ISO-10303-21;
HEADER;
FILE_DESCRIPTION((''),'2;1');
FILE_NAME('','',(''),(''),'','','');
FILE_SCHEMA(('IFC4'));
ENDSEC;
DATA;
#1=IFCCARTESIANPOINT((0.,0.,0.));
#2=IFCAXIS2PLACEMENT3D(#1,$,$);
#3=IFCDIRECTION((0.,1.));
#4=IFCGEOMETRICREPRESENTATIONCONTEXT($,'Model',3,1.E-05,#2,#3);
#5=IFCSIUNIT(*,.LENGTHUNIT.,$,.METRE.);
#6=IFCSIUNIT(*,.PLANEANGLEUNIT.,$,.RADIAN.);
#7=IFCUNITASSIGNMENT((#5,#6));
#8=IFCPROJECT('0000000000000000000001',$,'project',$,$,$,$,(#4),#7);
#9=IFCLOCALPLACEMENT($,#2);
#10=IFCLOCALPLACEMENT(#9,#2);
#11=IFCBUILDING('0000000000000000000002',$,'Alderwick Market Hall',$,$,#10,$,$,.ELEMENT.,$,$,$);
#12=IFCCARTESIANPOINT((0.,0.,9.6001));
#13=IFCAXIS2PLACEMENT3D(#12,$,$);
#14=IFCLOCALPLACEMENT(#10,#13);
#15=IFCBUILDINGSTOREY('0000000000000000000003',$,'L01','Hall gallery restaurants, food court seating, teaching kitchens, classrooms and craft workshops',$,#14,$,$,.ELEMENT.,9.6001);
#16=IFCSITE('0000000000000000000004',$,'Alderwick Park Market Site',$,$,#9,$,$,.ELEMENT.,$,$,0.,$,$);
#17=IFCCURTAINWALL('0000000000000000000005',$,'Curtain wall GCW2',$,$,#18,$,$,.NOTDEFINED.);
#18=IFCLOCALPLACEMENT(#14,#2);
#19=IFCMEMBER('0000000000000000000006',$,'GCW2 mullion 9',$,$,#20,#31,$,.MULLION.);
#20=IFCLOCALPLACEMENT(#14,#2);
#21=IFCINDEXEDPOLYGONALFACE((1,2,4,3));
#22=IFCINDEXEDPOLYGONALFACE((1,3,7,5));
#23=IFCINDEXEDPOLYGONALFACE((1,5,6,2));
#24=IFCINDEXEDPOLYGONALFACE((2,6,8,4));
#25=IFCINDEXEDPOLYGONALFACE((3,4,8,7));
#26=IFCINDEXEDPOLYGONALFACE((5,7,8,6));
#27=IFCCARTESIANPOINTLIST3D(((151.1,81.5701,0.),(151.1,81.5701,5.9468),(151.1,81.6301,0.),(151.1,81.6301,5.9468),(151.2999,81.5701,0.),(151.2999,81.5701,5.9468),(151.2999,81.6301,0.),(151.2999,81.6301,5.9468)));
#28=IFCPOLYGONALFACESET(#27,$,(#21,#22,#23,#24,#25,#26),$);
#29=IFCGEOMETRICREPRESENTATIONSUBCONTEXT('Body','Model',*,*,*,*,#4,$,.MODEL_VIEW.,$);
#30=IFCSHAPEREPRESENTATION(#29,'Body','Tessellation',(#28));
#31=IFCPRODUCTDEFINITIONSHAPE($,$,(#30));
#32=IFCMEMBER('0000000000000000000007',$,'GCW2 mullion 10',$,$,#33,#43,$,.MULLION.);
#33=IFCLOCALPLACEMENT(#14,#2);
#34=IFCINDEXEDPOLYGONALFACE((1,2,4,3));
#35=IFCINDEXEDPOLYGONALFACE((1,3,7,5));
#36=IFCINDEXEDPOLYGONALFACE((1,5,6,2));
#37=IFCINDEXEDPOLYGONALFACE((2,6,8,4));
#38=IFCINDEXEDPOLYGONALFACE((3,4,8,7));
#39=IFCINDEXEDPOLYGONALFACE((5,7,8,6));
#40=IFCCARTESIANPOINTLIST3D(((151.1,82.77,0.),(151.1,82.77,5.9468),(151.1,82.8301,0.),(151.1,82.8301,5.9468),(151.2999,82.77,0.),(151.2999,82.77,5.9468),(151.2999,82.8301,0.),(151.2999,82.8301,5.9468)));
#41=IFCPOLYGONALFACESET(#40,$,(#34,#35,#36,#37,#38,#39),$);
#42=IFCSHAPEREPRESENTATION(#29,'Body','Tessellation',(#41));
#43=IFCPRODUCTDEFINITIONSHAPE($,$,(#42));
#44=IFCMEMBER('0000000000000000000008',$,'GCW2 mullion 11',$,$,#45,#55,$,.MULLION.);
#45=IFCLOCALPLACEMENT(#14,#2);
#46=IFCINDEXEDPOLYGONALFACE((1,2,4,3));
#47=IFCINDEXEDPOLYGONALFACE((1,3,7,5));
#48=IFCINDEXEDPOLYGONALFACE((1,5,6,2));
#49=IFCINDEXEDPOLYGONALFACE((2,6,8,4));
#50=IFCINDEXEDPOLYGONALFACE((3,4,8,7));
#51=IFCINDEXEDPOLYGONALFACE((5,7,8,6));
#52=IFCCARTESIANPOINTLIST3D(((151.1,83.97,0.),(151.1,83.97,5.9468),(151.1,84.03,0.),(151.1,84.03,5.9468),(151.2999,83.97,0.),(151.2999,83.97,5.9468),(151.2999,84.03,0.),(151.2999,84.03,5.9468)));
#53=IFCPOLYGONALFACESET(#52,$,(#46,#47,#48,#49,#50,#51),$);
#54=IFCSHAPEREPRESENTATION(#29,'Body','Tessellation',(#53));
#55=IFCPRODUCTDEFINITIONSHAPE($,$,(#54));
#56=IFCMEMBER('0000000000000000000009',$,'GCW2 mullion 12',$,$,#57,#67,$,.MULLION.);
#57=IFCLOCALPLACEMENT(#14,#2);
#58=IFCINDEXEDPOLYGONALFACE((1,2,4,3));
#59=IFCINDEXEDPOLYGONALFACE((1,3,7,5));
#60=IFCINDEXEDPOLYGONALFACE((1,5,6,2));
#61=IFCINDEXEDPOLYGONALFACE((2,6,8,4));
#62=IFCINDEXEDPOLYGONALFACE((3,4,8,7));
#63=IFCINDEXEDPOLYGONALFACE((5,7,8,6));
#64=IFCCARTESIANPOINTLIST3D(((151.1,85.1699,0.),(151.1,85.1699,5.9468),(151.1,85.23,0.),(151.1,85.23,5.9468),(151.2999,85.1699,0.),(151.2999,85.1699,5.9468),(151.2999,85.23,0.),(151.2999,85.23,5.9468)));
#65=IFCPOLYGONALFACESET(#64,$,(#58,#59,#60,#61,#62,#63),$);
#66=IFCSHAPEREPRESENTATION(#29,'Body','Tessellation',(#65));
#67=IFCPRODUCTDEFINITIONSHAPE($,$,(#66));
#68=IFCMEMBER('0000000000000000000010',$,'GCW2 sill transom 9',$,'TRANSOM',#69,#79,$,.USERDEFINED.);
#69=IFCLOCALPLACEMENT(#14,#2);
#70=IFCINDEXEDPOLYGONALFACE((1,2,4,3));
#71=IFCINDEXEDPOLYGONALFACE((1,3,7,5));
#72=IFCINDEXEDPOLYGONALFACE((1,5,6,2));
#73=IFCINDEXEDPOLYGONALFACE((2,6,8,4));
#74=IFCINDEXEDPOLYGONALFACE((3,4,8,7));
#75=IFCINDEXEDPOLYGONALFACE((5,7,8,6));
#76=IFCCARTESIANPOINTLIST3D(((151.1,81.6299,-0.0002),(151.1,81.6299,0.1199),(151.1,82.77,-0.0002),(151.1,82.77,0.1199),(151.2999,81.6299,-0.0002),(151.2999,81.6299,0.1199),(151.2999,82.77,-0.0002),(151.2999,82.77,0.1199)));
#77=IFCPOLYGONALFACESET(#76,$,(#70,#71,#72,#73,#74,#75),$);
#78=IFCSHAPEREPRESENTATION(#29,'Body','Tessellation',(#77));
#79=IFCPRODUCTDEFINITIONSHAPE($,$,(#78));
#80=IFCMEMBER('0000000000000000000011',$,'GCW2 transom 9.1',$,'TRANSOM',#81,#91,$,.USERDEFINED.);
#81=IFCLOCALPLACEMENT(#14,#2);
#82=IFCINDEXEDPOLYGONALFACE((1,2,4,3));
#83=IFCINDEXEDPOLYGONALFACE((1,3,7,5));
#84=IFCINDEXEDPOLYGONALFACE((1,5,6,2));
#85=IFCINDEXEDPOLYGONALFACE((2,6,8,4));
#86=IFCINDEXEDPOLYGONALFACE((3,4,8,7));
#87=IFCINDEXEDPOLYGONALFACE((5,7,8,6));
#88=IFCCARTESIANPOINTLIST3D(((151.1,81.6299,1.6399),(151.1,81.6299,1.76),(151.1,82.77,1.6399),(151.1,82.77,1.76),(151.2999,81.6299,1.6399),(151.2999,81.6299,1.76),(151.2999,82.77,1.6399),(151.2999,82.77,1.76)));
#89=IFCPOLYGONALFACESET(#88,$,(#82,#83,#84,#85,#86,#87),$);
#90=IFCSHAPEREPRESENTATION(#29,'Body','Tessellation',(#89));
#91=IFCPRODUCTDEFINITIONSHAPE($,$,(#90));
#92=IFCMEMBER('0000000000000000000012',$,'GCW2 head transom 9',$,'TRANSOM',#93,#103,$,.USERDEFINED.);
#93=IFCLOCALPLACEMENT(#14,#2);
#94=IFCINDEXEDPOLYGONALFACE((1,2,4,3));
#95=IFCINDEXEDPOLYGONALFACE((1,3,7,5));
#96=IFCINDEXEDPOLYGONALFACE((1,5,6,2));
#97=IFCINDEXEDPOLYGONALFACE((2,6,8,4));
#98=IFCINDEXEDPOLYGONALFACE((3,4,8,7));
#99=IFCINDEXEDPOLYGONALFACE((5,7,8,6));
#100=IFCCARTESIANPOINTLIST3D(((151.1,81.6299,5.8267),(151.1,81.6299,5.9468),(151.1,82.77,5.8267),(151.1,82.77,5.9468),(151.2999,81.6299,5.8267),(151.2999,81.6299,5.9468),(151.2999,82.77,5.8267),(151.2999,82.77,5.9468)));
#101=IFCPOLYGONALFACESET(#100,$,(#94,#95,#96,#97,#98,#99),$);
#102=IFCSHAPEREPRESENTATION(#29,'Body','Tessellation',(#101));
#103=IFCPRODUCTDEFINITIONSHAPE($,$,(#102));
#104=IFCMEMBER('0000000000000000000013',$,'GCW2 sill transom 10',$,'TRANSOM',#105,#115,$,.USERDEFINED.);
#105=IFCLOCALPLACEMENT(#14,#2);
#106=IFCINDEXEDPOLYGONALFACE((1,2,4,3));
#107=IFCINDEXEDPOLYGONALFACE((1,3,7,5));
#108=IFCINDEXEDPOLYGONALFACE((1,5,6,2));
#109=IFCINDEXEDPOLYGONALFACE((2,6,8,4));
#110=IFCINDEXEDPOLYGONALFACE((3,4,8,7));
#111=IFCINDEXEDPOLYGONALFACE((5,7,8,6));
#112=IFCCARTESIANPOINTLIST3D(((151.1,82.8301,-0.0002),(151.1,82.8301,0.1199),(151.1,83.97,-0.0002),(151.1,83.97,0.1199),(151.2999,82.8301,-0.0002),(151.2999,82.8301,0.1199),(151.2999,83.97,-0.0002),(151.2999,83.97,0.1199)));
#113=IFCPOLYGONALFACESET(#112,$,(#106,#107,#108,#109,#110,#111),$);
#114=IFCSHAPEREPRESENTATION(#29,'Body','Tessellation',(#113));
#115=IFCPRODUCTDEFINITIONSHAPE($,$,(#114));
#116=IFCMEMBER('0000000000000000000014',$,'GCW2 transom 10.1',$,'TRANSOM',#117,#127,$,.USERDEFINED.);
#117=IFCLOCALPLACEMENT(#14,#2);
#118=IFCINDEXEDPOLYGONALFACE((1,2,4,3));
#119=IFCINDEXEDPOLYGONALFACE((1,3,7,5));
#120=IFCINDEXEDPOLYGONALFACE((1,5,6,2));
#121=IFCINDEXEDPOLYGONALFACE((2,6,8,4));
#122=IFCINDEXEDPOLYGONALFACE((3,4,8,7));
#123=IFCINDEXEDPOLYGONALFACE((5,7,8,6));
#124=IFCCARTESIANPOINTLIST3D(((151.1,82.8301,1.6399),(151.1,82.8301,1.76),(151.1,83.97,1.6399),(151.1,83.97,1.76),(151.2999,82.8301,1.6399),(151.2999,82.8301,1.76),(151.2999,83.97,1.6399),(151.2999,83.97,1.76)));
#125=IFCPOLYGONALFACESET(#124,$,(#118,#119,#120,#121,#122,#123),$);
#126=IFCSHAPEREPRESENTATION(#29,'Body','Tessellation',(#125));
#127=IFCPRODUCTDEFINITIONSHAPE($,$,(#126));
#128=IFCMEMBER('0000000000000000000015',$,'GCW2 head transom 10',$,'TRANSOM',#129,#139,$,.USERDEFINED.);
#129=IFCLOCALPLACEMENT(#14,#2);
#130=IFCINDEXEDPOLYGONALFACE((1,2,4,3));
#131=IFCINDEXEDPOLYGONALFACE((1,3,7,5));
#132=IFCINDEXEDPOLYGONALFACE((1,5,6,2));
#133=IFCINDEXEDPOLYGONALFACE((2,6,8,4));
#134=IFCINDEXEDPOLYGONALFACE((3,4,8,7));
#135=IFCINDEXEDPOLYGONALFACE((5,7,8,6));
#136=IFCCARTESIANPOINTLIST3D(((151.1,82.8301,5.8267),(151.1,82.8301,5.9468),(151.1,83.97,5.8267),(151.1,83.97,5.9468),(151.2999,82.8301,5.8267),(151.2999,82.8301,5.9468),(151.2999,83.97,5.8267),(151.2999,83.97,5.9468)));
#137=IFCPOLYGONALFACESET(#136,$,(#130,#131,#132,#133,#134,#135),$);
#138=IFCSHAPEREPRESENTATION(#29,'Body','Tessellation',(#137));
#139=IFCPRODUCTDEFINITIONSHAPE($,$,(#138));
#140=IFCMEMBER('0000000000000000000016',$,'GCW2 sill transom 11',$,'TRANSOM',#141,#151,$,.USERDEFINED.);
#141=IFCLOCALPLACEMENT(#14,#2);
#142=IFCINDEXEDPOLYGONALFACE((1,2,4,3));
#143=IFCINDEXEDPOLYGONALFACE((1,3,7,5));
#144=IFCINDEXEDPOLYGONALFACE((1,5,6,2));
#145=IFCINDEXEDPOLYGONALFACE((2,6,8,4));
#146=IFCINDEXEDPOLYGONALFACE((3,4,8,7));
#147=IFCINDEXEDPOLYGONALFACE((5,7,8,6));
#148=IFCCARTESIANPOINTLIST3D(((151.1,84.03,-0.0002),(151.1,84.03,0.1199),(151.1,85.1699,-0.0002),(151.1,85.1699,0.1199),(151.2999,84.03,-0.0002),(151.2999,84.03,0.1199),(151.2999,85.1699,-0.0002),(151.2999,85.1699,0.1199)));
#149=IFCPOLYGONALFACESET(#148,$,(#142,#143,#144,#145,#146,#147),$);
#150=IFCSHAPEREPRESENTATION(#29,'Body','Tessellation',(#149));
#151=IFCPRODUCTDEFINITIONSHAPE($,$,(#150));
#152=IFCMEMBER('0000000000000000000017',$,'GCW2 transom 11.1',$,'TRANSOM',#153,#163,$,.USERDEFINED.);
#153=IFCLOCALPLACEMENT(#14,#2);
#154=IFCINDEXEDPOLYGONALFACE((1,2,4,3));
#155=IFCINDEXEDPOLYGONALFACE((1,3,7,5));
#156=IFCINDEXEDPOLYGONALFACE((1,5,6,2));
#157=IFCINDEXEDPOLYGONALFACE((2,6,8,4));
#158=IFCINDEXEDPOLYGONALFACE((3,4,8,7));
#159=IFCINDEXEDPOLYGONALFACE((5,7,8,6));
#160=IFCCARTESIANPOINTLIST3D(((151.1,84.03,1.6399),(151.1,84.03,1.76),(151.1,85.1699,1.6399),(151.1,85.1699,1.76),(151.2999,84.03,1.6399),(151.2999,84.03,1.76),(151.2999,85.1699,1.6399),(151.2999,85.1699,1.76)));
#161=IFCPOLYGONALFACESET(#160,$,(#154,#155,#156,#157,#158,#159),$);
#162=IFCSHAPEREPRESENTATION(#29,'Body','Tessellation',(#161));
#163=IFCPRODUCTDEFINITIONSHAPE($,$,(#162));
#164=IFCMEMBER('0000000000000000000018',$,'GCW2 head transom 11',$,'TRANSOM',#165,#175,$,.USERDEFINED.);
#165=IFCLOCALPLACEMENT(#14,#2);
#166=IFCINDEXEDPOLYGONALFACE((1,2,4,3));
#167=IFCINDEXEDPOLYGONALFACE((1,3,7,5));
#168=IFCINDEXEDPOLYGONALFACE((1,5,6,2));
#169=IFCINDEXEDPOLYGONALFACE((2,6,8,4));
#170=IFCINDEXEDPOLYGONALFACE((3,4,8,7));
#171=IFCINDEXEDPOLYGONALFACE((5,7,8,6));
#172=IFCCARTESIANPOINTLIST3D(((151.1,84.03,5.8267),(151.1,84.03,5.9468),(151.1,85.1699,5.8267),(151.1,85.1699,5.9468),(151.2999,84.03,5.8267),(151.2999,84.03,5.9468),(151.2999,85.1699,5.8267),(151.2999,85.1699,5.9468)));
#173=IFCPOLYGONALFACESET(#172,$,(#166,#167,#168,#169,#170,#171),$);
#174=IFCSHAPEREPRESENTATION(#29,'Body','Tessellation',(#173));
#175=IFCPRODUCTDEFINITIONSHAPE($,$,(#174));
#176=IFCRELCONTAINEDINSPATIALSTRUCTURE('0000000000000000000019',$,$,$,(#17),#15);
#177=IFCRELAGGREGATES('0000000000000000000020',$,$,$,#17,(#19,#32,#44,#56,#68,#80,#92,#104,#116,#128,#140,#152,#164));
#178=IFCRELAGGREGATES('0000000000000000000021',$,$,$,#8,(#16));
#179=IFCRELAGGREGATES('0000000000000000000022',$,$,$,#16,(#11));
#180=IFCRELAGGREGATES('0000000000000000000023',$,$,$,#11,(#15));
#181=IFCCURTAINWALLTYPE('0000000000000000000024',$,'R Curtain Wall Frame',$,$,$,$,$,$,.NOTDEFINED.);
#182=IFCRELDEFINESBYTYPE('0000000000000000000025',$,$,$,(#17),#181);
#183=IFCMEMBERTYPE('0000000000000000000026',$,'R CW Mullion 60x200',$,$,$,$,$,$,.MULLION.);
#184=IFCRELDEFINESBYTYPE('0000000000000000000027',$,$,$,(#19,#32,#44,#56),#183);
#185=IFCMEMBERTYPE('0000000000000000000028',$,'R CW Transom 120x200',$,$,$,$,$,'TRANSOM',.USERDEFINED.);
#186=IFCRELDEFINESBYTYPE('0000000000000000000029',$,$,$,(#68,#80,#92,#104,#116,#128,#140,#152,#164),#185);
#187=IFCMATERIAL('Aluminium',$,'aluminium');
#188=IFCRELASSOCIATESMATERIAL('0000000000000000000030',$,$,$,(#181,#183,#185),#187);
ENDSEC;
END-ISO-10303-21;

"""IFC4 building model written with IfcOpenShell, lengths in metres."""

from ifc_helpers import new_model, si_unit, direction, frame, origin, origin_2d, place, context, subcontext, project, spatial, rectangle, extrude, material, material_profile, profile_set, type_object, element, aggregate, save


model = new_model("IFC4")

# Units and contexts
model_context = context("Model", 3, precision=1e-05, world=origin(), true_north=direction((0.0, 1.0)))
body_context = subcontext(model_context, "Body", "Model", "MODEL_VIEW")
ifc_project = project(units=[si_unit("LENGTHUNIT", "METRE"), si_unit("PLANEANGLEUNIT", "RADIAN")], contexts=[model_context])

# Site, building, storey
site_placement = place(None, origin())
site = spatial("IfcSite", under=ifc_project, at=site_placement, Name="Alderwick Park Market Site", CompositionType="ELEMENT", RefElevation=0.0)
building_placement = place(site_placement, origin())
building = spatial("IfcBuilding", under=site, at=building_placement, Name="Alderwick Market Hall", CompositionType="ELEMENT")
storey_placement = place(building_placement, frame((0.0, 0.0, 9.6001)))
storey = spatial("IfcBuildingStorey", under=building, at=storey_placement, Name="L01", Description="Hall gallery restaurants, food court seating, teaching kitchens, classrooms and craft workshops", CompositionType="ELEMENT", Elevation=9.6001)

# Curtain wall, members
ifc_material_1 = material(Name="Aluminium", Category="aluminium")
curtain_wall_type = type_object("IfcCurtainWallType", Name="R Curtain Wall Frame", PredefinedType="NOTDEFINED", material=ifc_material_1)
curtain_wall_placement = place(storey_placement, origin())
curtain_wall = element("IfcCurtainWall", 1, at=curtain_wall_placement, inside=storey, type_object=curtain_wall_type, Name="Curtain wall GCW2", PredefinedType="NOTDEFINED")
ifc_material_profile_1 = material_profile(ifc_material_1, rectangle(XDim=0.2, YDim=0.0601, at=origin_2d()), Name="AL 60x200")
ifc_profile_set_1 = profile_set([ifc_material_profile_1], Name="Aluminium")
member_type_1 = type_object("IfcMemberType", Name="R CW Mullion 60x200", PredefinedType="MULLION", material=ifc_profile_set_1)
member_1_placement = place(storey_placement, frame((151.2, 81.6001, 0.0), z_axis=(0.0, 0.0, 1.0), x_axis=(1.0, 0.0, 0.0)))
member_1 = element("IfcMember", 2, at=member_1_placement, type_object=member_type_1, Name="GCW2 mullion 9", PredefinedType="MULLION", context=body_context, shape_type="SweptSolid", body=[
    extrude(rectangle(XDim=0.2, YDim=0.0601, at=origin_2d()), origin(), (0.0, 0.0, 1.0), 5.9468),
])
member_2_placement = place(storey_placement, frame((151.2, 82.8, 0.0), z_axis=(0.0, 0.0, 1.0), x_axis=(1.0, 0.0, 0.0)))
member_2 = element("IfcMember", 3, at=member_2_placement, type_object=member_type_1, Name="GCW2 mullion 10", PredefinedType="MULLION", context=body_context, shape_type="SweptSolid", body=[
    extrude(rectangle(XDim=0.2, YDim=0.0601, at=origin_2d()), origin(), (0.0, 0.0, 1.0), 5.9468),
])
member_3_placement = place(storey_placement, frame((151.2, 84.0, 0.0), z_axis=(0.0, 0.0, 1.0), x_axis=(1.0, 0.0, 0.0)))
member_3 = element("IfcMember", 4, at=member_3_placement, type_object=member_type_1, Name="GCW2 mullion 11", PredefinedType="MULLION", context=body_context, shape_type="SweptSolid", body=[
    extrude(rectangle(XDim=0.2, YDim=0.0601, at=origin_2d()), origin(), (0.0, 0.0, 1.0), 5.9468),
])
member_4_placement = place(storey_placement, frame((151.2, 85.2, 0.0), z_axis=(0.0, 0.0, 1.0), x_axis=(1.0, 0.0, 0.0)))
member_4 = element("IfcMember", 5, at=member_4_placement, type_object=member_type_1, Name="GCW2 mullion 12", PredefinedType="MULLION", context=body_context, shape_type="SweptSolid", body=[
    extrude(rectangle(XDim=0.2, YDim=0.0601, at=origin_2d()), origin(), (0.0, 0.0, 1.0), 5.9468),
])
ifc_material_profile_2 = material_profile(ifc_material_1, rectangle(XDim=0.2, YDim=0.1201, at=origin_2d()), Name="AL 120x200")
ifc_profile_set_2 = profile_set([ifc_material_profile_2], Name="Aluminium")
member_type_2 = type_object("IfcMemberType", Name="R CW Transom 120x200", ElementType="TRANSOM", PredefinedType="USERDEFINED", material=ifc_profile_set_2)
member_5_placement = place(storey_placement, frame((151.2, 81.6299, 0.0598), z_axis=(0.0, 1.0, 0.0), x_axis=(-1.0, 0.0, 0.0)))
member_5 = element("IfcMember", 6, at=member_5_placement, type_object=member_type_2, Name="GCW2 sill transom 9", ObjectType="TRANSOM", PredefinedType="USERDEFINED", context=body_context, shape_type="SweptSolid", body=[
    extrude(rectangle(XDim=0.2, YDim=0.1201, at=origin_2d()), origin(), (0.0, 0.0, 1.0), 1.1401),
])
member_6_placement = place(storey_placement, frame((151.2, 81.6299, 1.7), z_axis=(0.0, 1.0, 0.0), x_axis=(-1.0, 0.0, 0.0)))
member_6 = element("IfcMember", 7, at=member_6_placement, type_object=member_type_2, Name="GCW2 transom 9.1", ObjectType="TRANSOM", PredefinedType="USERDEFINED", context=body_context, shape_type="SweptSolid", body=[
    extrude(rectangle(XDim=0.2, YDim=0.1201, at=origin_2d()), origin(), (0.0, 0.0, 1.0), 1.1401),
])
member_7_placement = place(storey_placement, frame((151.2, 81.6299, 5.8867), z_axis=(0.0, 1.0, 0.0), x_axis=(-1.0, 0.0, 0.0)))
member_7 = element("IfcMember", 8, at=member_7_placement, type_object=member_type_2, Name="GCW2 head transom 9", ObjectType="TRANSOM", PredefinedType="USERDEFINED", context=body_context, shape_type="SweptSolid", body=[
    extrude(rectangle(XDim=0.2, YDim=0.1201, at=origin_2d()), origin(), (0.0, 0.0, 1.0), 1.1401),
])
member_8_placement = place(storey_placement, frame((151.2, 82.8301, 0.0598), z_axis=(0.0, 1.0, 0.0), x_axis=(-1.0, 0.0, 0.0)))
member_8 = element("IfcMember", 9, at=member_8_placement, type_object=member_type_2, Name="GCW2 sill transom 10", ObjectType="TRANSOM", PredefinedType="USERDEFINED", context=body_context, shape_type="SweptSolid", body=[
    extrude(rectangle(XDim=0.2, YDim=0.1201, at=origin_2d()), origin(), (0.0, 0.0, 1.0), 1.1399),
])
member_9_placement = place(storey_placement, frame((151.2, 82.8301, 1.7), z_axis=(0.0, 1.0, 0.0), x_axis=(-1.0, 0.0, 0.0)))
member_9 = element("IfcMember", 10, at=member_9_placement, type_object=member_type_2, Name="GCW2 transom 10.1", ObjectType="TRANSOM", PredefinedType="USERDEFINED", context=body_context, shape_type="SweptSolid", body=[
    extrude(rectangle(XDim=0.2, YDim=0.1201, at=origin_2d()), origin(), (0.0, 0.0, 1.0), 1.1399),
])
member_10_placement = place(storey_placement, frame((151.2, 82.8301, 5.8867), z_axis=(0.0, 1.0, 0.0), x_axis=(-1.0, 0.0, 0.0)))
member_10 = element("IfcMember", 11, at=member_10_placement, type_object=member_type_2, Name="GCW2 head transom 10", ObjectType="TRANSOM", PredefinedType="USERDEFINED", context=body_context, shape_type="SweptSolid", body=[
    extrude(rectangle(XDim=0.2, YDim=0.1201, at=origin_2d()), origin(), (0.0, 0.0, 1.0), 1.1399),
])
member_11_placement = place(storey_placement, frame((151.2, 84.03, 0.0598), z_axis=(0.0, 1.0, 0.0), x_axis=(-1.0, 0.0, 0.0)))
member_11 = element("IfcMember", 12, at=member_11_placement, type_object=member_type_2, Name="GCW2 sill transom 11", ObjectType="TRANSOM", PredefinedType="USERDEFINED", context=body_context, shape_type="SweptSolid", body=[
    extrude(rectangle(XDim=0.2, YDim=0.1201, at=origin_2d()), origin(), (0.0, 0.0, 1.0), 1.1399),
])
member_12_placement = place(storey_placement, frame((151.2, 84.03, 1.7), z_axis=(0.0, 1.0, 0.0), x_axis=(-1.0, 0.0, 0.0)))
member_12 = element("IfcMember", 13, at=member_12_placement, type_object=member_type_2, Name="GCW2 transom 11.1", ObjectType="TRANSOM", PredefinedType="USERDEFINED", context=body_context, shape_type="SweptSolid", body=[
    extrude(rectangle(XDim=0.2, YDim=0.1201, at=origin_2d()), origin(), (0.0, 0.0, 1.0), 1.1399),
])
member_13_placement = place(storey_placement, frame((151.2, 84.03, 5.8867), z_axis=(0.0, 1.0, 0.0), x_axis=(-1.0, 0.0, 0.0)))
member_13 = element("IfcMember", 14, at=member_13_placement, type_object=member_type_2, Name="GCW2 head transom 11", ObjectType="TRANSOM", PredefinedType="USERDEFINED", context=body_context, shape_type="SweptSolid", body=[
    extrude(rectangle(XDim=0.2, YDim=0.1201, at=origin_2d()), origin(), (0.0, 0.0, 1.0), 1.1399),
])

aggregate(curtain_wall, [member_1, member_2, member_3, member_4, member_5, member_6, member_7, member_8, member_9, member_10, member_11, member_12, member_13])

save(model, "model.ifc")
